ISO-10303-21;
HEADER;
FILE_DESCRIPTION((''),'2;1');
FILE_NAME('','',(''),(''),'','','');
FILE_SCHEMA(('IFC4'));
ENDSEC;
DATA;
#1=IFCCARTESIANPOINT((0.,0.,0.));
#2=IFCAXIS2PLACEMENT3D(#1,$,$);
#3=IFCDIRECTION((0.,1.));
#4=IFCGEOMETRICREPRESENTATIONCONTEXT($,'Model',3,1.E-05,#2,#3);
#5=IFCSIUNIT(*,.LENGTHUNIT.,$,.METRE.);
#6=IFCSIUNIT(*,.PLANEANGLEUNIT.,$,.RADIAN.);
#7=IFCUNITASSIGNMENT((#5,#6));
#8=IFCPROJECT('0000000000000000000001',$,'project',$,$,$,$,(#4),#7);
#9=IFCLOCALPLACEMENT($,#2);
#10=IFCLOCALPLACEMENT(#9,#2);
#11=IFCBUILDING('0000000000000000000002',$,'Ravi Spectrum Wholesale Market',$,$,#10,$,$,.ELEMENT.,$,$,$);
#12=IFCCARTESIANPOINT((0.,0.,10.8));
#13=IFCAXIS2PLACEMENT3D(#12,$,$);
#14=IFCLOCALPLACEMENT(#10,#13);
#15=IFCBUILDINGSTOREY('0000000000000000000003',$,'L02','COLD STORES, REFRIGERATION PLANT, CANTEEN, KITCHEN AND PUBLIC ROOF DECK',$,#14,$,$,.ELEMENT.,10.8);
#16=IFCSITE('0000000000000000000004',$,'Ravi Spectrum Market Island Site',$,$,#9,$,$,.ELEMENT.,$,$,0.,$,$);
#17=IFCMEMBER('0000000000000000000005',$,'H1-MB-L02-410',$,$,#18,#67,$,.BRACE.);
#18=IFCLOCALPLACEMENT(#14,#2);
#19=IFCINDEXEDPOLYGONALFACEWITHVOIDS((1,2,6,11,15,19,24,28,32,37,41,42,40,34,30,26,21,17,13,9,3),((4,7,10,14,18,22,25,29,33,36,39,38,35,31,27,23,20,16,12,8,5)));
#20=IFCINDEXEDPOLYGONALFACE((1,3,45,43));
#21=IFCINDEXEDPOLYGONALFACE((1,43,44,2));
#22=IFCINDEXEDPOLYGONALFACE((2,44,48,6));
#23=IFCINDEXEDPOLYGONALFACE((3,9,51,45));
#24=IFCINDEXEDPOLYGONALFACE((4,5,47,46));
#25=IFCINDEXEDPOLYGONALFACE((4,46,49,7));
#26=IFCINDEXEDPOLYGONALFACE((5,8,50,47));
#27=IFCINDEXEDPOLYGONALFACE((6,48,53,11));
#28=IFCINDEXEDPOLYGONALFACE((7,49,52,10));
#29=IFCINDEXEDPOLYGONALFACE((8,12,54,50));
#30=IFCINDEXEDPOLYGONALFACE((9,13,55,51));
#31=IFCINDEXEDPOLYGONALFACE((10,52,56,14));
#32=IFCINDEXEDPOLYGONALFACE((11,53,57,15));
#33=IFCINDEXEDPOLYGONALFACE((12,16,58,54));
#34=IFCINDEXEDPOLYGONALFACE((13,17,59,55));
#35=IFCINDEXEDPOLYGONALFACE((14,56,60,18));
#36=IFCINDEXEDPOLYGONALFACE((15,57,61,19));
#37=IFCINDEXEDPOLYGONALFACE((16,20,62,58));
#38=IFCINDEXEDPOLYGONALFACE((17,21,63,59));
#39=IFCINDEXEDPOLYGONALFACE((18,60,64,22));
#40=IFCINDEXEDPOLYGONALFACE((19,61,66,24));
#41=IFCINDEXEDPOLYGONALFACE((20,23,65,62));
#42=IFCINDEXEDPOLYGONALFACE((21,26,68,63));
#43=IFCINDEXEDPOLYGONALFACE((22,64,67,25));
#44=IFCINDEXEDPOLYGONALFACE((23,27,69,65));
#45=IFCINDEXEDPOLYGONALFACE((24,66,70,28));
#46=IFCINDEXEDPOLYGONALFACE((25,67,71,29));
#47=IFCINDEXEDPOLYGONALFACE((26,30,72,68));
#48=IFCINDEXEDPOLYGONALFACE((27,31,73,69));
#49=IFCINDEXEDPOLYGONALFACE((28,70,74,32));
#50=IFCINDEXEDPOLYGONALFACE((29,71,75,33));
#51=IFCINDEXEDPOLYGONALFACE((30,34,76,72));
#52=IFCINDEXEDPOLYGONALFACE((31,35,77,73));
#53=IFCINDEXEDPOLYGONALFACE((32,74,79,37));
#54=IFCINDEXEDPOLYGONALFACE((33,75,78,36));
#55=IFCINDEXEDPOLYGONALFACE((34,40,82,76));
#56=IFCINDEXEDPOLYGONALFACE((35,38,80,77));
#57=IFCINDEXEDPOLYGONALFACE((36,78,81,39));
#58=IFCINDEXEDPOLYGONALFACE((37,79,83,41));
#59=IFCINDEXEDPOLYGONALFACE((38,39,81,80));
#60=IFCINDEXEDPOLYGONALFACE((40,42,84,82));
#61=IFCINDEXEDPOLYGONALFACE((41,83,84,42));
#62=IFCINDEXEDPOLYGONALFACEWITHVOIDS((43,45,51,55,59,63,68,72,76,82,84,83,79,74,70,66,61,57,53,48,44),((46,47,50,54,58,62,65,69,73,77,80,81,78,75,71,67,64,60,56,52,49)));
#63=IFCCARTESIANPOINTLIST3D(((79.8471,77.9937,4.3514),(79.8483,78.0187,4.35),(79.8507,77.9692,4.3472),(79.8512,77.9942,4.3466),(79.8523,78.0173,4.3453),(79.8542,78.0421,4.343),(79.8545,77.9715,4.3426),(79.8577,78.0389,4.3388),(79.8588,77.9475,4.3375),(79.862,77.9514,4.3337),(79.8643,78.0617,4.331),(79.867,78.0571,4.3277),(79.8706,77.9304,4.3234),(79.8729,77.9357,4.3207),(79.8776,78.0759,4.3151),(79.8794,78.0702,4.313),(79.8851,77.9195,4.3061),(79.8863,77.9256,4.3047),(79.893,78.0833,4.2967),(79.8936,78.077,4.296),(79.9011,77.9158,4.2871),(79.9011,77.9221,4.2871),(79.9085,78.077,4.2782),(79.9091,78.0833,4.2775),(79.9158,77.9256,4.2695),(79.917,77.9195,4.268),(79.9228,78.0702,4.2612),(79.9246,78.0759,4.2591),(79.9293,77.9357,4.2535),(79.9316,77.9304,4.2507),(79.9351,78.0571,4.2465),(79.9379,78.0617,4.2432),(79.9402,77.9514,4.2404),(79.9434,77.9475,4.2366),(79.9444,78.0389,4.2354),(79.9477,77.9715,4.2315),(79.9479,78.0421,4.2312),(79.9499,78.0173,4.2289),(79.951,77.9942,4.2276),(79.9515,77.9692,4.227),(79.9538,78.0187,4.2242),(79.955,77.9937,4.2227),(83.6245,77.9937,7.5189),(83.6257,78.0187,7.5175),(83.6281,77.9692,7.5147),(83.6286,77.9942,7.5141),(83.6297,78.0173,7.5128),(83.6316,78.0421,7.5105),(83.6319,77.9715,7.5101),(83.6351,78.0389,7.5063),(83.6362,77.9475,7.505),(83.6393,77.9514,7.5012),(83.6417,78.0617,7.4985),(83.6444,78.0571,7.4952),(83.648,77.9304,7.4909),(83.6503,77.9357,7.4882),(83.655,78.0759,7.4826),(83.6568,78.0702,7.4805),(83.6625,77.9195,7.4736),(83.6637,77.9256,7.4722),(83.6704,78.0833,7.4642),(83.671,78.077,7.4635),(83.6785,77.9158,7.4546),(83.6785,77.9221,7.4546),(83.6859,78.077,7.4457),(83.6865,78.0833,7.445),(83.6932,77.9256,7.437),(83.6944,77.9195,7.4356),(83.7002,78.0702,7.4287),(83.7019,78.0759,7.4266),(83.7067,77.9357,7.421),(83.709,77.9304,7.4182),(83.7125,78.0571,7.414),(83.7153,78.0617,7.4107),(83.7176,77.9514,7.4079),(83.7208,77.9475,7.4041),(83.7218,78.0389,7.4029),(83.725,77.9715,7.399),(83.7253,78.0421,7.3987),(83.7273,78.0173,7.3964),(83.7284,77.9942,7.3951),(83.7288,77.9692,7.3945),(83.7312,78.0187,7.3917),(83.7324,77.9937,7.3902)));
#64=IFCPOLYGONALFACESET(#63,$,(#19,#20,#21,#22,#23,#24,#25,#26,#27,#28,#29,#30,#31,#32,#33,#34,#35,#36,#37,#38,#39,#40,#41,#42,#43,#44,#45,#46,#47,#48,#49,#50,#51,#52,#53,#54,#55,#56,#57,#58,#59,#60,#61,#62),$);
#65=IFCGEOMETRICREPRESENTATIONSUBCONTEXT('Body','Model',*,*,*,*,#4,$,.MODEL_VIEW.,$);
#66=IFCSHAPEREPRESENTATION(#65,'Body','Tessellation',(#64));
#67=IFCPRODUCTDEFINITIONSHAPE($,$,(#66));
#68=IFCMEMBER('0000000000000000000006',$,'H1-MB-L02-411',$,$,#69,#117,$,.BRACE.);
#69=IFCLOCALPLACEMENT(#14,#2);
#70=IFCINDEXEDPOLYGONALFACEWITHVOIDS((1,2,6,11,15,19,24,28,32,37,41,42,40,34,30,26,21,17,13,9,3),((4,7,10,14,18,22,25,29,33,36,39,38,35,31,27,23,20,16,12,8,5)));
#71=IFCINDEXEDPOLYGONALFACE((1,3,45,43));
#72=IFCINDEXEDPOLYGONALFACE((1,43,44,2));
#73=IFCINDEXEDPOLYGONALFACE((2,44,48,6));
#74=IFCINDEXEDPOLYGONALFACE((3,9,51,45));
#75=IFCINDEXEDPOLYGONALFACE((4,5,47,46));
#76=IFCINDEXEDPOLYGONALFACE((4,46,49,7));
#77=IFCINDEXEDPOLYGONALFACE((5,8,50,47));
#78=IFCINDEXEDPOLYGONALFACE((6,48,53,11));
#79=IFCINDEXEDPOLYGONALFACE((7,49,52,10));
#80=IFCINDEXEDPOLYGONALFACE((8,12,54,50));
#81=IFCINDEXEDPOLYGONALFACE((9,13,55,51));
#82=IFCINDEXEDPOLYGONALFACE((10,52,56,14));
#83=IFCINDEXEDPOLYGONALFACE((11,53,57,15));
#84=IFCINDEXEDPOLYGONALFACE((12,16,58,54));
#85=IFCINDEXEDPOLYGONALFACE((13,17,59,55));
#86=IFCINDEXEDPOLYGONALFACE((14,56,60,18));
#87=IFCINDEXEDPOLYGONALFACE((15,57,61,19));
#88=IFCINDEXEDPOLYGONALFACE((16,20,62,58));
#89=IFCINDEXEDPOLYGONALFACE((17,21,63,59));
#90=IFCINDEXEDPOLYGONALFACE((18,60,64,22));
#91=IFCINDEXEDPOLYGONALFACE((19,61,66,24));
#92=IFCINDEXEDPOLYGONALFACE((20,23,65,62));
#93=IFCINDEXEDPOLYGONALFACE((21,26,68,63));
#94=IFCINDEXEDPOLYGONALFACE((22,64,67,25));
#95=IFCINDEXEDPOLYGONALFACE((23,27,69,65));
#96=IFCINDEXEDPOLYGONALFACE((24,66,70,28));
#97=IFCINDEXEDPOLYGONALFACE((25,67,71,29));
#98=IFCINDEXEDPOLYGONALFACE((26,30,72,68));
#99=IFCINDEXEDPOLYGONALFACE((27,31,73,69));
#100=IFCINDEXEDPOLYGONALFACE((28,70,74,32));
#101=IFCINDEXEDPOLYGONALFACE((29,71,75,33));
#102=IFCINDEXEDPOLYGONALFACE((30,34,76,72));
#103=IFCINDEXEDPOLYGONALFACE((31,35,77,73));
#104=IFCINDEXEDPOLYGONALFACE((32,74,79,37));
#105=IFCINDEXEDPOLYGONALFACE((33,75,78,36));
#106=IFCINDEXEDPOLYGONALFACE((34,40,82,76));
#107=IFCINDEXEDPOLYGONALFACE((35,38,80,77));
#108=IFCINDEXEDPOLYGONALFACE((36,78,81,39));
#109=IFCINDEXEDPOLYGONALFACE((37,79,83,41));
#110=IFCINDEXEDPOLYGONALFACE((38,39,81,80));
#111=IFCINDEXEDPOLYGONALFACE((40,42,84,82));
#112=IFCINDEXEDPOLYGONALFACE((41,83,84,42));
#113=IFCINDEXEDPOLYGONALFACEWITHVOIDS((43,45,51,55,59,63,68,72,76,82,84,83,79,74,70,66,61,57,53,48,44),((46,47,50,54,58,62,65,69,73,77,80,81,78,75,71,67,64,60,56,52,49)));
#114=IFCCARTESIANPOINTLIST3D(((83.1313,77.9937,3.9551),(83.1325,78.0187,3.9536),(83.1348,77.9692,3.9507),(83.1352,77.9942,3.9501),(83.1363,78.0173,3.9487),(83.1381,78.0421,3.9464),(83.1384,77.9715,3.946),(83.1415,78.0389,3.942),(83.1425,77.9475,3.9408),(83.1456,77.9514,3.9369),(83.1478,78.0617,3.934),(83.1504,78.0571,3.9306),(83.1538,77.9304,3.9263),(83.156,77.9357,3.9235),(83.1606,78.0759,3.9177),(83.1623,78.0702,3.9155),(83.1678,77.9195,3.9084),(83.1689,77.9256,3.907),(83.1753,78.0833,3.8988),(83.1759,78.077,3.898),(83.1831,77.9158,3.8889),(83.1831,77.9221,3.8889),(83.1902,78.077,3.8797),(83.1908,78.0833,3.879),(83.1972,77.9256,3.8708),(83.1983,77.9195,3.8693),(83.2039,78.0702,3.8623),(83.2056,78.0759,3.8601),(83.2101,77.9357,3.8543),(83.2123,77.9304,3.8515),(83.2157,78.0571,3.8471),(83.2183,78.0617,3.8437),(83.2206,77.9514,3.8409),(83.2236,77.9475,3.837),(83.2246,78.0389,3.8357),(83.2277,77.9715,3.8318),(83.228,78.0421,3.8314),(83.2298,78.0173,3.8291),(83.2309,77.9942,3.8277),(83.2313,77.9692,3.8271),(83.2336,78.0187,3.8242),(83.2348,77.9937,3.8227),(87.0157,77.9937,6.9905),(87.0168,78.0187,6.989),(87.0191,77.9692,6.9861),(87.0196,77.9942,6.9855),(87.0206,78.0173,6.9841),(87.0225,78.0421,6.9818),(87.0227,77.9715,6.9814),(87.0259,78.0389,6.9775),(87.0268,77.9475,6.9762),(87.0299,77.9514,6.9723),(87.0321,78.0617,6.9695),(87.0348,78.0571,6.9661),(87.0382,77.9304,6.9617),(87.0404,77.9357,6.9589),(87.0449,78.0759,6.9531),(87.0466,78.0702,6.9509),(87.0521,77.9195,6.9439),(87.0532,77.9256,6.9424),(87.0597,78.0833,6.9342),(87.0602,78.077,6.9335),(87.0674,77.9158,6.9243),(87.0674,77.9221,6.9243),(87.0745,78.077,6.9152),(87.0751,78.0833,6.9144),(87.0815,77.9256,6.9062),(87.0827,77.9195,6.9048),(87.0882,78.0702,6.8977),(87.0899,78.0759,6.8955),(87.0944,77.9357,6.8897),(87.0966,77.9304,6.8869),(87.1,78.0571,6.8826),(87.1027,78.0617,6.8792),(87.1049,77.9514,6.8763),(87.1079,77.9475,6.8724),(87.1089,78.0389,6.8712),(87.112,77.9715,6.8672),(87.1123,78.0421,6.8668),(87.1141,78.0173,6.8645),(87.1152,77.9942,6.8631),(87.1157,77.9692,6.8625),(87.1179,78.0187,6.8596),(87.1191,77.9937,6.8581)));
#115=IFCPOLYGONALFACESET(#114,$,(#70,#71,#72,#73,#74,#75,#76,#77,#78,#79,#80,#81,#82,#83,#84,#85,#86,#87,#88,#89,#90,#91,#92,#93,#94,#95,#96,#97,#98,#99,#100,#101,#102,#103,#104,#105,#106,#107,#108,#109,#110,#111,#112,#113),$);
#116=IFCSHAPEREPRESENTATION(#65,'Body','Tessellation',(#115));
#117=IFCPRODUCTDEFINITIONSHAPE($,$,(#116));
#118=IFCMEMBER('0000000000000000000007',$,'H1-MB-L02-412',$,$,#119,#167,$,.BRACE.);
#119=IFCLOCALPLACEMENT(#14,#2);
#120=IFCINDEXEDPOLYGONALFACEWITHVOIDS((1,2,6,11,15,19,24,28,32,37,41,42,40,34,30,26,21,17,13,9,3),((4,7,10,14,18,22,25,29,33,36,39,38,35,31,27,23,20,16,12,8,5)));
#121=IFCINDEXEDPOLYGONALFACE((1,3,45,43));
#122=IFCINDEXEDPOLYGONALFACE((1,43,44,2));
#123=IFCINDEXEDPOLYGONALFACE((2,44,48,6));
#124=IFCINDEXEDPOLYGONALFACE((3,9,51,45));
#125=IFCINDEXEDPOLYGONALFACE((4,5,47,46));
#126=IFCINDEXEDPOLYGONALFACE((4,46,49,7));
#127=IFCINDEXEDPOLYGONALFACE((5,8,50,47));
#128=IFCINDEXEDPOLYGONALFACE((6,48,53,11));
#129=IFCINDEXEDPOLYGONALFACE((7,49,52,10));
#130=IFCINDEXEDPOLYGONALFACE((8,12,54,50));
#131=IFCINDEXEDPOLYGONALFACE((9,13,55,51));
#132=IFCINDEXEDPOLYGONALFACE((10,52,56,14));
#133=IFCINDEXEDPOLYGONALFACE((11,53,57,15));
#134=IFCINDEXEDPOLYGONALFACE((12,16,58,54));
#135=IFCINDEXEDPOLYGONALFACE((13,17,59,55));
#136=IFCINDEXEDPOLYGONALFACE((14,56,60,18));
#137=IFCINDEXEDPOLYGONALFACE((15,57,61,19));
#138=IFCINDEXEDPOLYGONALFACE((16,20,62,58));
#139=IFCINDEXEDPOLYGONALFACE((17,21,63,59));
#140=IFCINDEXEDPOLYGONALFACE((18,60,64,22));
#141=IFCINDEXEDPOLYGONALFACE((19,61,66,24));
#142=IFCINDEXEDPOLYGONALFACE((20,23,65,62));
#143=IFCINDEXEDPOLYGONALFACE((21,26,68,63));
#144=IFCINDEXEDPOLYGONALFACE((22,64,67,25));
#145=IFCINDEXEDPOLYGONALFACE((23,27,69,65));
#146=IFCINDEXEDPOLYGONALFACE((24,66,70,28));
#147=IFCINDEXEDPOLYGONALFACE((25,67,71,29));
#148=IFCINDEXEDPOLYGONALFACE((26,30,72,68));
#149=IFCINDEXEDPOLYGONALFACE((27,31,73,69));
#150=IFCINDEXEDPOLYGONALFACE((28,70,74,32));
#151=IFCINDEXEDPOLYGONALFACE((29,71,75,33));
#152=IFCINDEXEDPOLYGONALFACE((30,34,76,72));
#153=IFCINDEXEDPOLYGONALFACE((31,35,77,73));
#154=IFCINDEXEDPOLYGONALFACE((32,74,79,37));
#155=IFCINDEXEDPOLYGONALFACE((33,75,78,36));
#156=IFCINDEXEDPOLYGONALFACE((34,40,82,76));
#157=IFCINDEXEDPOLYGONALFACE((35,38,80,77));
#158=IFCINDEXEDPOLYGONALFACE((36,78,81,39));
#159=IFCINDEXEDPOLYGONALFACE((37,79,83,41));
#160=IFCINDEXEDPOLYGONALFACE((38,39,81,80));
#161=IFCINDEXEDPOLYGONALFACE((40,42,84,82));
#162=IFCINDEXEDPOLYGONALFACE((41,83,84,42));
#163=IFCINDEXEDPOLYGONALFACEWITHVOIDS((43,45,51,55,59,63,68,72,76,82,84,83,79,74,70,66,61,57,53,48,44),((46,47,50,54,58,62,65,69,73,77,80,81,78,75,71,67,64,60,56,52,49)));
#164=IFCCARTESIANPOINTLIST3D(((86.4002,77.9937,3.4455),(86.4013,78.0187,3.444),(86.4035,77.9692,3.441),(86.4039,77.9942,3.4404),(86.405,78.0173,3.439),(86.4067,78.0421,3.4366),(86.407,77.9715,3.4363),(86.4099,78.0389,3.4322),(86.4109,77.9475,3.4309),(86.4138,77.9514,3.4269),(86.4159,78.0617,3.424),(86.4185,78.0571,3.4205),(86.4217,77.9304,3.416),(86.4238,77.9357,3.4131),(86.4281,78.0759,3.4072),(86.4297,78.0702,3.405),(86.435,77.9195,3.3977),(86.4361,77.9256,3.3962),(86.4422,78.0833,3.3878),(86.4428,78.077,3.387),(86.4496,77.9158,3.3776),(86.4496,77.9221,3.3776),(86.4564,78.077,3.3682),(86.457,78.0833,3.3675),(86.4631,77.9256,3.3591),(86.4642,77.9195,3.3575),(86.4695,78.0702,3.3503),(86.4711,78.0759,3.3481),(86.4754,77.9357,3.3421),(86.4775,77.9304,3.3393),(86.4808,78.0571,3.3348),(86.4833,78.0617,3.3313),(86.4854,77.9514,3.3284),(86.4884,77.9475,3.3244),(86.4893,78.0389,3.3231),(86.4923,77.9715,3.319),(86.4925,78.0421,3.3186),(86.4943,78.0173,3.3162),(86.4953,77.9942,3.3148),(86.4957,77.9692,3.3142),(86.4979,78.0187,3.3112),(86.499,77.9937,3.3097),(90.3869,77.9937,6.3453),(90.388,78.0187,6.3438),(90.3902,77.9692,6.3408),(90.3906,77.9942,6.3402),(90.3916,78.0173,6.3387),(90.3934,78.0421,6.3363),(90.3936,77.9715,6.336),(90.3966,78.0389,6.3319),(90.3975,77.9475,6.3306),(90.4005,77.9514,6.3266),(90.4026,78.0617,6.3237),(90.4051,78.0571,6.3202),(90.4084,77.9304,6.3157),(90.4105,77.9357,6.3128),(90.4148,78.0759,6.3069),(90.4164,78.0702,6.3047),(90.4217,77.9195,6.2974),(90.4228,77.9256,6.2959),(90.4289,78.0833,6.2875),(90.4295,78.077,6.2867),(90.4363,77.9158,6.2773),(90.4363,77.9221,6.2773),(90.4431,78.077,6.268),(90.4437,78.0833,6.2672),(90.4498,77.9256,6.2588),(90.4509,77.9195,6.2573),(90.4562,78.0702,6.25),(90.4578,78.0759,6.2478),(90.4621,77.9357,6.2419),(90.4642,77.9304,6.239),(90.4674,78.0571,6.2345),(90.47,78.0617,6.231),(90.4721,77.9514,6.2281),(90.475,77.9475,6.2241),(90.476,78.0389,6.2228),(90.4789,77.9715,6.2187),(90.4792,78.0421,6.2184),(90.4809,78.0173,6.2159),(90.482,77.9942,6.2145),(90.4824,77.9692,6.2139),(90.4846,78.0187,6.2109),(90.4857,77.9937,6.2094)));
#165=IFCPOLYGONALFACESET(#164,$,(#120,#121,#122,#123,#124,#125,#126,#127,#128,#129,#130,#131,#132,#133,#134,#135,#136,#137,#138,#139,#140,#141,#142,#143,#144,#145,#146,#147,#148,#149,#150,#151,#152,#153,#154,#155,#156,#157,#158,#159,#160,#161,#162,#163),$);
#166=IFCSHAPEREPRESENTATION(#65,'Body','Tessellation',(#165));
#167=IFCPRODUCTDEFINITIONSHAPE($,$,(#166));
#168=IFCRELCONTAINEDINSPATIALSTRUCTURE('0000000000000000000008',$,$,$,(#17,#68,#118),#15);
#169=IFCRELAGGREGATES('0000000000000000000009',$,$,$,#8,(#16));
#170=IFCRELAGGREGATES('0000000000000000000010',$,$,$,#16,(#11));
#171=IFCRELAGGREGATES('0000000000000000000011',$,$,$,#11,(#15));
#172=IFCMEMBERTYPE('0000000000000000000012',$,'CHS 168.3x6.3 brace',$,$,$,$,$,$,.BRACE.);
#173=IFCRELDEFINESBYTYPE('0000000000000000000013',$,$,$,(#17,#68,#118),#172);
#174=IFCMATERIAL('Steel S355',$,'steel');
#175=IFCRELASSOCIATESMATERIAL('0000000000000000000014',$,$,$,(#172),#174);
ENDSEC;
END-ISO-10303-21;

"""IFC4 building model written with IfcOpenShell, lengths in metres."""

from ifc_helpers import new_model, si_unit, direction, frame, origin, origin_2d, place, context, subcontext, project, spatial, hollow_circle, extrude, material, material_profile, profile_set, type_object, element, save


model = new_model("IFC4")

# Units and contexts
model_context = context("Model", 3, precision=1e-05, world=origin(), true_north=direction((0.0, 1.0)))
body_context = subcontext(model_context, "Body", "Model", "MODEL_VIEW")
ifc_project = project(units=[si_unit("LENGTHUNIT", "METRE"), si_unit("PLANEANGLEUNIT", "RADIAN")], contexts=[model_context])

# Site, building, storey
site_placement = place(None, origin())
site = spatial("IfcSite", under=ifc_project, at=site_placement, Name="Ravi Spectrum Market Island Site", CompositionType="ELEMENT", RefElevation=0.0)
building_placement = place(site_placement, origin())
building = spatial("IfcBuilding", under=site, at=building_placement, Name="Ravi Spectrum Wholesale Market", CompositionType="ELEMENT")
storey_placement = place(building_placement, frame((0.0, 0.0, 10.8)))
storey = spatial("IfcBuildingStorey", under=building, at=storey_placement, Name="L02", Description="COLD STORES, REFRIGERATION PLANT, CANTEEN, KITCHEN AND PUBLIC ROOF DECK", CompositionType="ELEMENT", Elevation=10.8)

# Members
ifc_material_1 = material(Name="Steel S355", Category="steel")
ifc_material_profile_1 = material_profile(ifc_material_1, hollow_circle(Radius=0.0842, WallThickness=0.0063, at=origin_2d()))
ifc_profile_set_1 = profile_set([ifc_material_profile_1], Name="Steel S355")
member_type_1 = type_object("IfcMemberType", Name="CHS 168.3x6.3 brace", PredefinedType="BRACE", material=ifc_profile_set_1)
for number, where, z_axis, x_axis, name in (
    (1, (83.6785, 78.0, 7.4546), (-0.766253, 0.0, -0.642539), (0.0, -1.0, 0.0), "H1-MB-L02-410"),
    (2, (87.0674, 78.0, 6.9243), (-0.787945, 0.0, -0.615746), (0.0, -1.0, 0.0), "H1-MB-L02-411"),
    (3, (90.4363, 78.0, 6.2773), (-0.808704, 0.0, -0.588216), (0.0, -1.0, 0.0), "H1-MB-L02-412"),
):
    element("IfcMember", number, at=place(storey_placement, frame(where, z_axis=z_axis, x_axis=x_axis)), inside=storey, type_object=member_type_1, Name=name, PredefinedType="BRACE", context=body_context, shape_type="SweptSolid", body=[
        extrude(hollow_circle(Radius=0.0842, WallThickness=0.0063, at=origin_2d()), origin(), (0.0, 0.0, 1.0), 4.9297),
    ])

save(model, "model.ifc")
